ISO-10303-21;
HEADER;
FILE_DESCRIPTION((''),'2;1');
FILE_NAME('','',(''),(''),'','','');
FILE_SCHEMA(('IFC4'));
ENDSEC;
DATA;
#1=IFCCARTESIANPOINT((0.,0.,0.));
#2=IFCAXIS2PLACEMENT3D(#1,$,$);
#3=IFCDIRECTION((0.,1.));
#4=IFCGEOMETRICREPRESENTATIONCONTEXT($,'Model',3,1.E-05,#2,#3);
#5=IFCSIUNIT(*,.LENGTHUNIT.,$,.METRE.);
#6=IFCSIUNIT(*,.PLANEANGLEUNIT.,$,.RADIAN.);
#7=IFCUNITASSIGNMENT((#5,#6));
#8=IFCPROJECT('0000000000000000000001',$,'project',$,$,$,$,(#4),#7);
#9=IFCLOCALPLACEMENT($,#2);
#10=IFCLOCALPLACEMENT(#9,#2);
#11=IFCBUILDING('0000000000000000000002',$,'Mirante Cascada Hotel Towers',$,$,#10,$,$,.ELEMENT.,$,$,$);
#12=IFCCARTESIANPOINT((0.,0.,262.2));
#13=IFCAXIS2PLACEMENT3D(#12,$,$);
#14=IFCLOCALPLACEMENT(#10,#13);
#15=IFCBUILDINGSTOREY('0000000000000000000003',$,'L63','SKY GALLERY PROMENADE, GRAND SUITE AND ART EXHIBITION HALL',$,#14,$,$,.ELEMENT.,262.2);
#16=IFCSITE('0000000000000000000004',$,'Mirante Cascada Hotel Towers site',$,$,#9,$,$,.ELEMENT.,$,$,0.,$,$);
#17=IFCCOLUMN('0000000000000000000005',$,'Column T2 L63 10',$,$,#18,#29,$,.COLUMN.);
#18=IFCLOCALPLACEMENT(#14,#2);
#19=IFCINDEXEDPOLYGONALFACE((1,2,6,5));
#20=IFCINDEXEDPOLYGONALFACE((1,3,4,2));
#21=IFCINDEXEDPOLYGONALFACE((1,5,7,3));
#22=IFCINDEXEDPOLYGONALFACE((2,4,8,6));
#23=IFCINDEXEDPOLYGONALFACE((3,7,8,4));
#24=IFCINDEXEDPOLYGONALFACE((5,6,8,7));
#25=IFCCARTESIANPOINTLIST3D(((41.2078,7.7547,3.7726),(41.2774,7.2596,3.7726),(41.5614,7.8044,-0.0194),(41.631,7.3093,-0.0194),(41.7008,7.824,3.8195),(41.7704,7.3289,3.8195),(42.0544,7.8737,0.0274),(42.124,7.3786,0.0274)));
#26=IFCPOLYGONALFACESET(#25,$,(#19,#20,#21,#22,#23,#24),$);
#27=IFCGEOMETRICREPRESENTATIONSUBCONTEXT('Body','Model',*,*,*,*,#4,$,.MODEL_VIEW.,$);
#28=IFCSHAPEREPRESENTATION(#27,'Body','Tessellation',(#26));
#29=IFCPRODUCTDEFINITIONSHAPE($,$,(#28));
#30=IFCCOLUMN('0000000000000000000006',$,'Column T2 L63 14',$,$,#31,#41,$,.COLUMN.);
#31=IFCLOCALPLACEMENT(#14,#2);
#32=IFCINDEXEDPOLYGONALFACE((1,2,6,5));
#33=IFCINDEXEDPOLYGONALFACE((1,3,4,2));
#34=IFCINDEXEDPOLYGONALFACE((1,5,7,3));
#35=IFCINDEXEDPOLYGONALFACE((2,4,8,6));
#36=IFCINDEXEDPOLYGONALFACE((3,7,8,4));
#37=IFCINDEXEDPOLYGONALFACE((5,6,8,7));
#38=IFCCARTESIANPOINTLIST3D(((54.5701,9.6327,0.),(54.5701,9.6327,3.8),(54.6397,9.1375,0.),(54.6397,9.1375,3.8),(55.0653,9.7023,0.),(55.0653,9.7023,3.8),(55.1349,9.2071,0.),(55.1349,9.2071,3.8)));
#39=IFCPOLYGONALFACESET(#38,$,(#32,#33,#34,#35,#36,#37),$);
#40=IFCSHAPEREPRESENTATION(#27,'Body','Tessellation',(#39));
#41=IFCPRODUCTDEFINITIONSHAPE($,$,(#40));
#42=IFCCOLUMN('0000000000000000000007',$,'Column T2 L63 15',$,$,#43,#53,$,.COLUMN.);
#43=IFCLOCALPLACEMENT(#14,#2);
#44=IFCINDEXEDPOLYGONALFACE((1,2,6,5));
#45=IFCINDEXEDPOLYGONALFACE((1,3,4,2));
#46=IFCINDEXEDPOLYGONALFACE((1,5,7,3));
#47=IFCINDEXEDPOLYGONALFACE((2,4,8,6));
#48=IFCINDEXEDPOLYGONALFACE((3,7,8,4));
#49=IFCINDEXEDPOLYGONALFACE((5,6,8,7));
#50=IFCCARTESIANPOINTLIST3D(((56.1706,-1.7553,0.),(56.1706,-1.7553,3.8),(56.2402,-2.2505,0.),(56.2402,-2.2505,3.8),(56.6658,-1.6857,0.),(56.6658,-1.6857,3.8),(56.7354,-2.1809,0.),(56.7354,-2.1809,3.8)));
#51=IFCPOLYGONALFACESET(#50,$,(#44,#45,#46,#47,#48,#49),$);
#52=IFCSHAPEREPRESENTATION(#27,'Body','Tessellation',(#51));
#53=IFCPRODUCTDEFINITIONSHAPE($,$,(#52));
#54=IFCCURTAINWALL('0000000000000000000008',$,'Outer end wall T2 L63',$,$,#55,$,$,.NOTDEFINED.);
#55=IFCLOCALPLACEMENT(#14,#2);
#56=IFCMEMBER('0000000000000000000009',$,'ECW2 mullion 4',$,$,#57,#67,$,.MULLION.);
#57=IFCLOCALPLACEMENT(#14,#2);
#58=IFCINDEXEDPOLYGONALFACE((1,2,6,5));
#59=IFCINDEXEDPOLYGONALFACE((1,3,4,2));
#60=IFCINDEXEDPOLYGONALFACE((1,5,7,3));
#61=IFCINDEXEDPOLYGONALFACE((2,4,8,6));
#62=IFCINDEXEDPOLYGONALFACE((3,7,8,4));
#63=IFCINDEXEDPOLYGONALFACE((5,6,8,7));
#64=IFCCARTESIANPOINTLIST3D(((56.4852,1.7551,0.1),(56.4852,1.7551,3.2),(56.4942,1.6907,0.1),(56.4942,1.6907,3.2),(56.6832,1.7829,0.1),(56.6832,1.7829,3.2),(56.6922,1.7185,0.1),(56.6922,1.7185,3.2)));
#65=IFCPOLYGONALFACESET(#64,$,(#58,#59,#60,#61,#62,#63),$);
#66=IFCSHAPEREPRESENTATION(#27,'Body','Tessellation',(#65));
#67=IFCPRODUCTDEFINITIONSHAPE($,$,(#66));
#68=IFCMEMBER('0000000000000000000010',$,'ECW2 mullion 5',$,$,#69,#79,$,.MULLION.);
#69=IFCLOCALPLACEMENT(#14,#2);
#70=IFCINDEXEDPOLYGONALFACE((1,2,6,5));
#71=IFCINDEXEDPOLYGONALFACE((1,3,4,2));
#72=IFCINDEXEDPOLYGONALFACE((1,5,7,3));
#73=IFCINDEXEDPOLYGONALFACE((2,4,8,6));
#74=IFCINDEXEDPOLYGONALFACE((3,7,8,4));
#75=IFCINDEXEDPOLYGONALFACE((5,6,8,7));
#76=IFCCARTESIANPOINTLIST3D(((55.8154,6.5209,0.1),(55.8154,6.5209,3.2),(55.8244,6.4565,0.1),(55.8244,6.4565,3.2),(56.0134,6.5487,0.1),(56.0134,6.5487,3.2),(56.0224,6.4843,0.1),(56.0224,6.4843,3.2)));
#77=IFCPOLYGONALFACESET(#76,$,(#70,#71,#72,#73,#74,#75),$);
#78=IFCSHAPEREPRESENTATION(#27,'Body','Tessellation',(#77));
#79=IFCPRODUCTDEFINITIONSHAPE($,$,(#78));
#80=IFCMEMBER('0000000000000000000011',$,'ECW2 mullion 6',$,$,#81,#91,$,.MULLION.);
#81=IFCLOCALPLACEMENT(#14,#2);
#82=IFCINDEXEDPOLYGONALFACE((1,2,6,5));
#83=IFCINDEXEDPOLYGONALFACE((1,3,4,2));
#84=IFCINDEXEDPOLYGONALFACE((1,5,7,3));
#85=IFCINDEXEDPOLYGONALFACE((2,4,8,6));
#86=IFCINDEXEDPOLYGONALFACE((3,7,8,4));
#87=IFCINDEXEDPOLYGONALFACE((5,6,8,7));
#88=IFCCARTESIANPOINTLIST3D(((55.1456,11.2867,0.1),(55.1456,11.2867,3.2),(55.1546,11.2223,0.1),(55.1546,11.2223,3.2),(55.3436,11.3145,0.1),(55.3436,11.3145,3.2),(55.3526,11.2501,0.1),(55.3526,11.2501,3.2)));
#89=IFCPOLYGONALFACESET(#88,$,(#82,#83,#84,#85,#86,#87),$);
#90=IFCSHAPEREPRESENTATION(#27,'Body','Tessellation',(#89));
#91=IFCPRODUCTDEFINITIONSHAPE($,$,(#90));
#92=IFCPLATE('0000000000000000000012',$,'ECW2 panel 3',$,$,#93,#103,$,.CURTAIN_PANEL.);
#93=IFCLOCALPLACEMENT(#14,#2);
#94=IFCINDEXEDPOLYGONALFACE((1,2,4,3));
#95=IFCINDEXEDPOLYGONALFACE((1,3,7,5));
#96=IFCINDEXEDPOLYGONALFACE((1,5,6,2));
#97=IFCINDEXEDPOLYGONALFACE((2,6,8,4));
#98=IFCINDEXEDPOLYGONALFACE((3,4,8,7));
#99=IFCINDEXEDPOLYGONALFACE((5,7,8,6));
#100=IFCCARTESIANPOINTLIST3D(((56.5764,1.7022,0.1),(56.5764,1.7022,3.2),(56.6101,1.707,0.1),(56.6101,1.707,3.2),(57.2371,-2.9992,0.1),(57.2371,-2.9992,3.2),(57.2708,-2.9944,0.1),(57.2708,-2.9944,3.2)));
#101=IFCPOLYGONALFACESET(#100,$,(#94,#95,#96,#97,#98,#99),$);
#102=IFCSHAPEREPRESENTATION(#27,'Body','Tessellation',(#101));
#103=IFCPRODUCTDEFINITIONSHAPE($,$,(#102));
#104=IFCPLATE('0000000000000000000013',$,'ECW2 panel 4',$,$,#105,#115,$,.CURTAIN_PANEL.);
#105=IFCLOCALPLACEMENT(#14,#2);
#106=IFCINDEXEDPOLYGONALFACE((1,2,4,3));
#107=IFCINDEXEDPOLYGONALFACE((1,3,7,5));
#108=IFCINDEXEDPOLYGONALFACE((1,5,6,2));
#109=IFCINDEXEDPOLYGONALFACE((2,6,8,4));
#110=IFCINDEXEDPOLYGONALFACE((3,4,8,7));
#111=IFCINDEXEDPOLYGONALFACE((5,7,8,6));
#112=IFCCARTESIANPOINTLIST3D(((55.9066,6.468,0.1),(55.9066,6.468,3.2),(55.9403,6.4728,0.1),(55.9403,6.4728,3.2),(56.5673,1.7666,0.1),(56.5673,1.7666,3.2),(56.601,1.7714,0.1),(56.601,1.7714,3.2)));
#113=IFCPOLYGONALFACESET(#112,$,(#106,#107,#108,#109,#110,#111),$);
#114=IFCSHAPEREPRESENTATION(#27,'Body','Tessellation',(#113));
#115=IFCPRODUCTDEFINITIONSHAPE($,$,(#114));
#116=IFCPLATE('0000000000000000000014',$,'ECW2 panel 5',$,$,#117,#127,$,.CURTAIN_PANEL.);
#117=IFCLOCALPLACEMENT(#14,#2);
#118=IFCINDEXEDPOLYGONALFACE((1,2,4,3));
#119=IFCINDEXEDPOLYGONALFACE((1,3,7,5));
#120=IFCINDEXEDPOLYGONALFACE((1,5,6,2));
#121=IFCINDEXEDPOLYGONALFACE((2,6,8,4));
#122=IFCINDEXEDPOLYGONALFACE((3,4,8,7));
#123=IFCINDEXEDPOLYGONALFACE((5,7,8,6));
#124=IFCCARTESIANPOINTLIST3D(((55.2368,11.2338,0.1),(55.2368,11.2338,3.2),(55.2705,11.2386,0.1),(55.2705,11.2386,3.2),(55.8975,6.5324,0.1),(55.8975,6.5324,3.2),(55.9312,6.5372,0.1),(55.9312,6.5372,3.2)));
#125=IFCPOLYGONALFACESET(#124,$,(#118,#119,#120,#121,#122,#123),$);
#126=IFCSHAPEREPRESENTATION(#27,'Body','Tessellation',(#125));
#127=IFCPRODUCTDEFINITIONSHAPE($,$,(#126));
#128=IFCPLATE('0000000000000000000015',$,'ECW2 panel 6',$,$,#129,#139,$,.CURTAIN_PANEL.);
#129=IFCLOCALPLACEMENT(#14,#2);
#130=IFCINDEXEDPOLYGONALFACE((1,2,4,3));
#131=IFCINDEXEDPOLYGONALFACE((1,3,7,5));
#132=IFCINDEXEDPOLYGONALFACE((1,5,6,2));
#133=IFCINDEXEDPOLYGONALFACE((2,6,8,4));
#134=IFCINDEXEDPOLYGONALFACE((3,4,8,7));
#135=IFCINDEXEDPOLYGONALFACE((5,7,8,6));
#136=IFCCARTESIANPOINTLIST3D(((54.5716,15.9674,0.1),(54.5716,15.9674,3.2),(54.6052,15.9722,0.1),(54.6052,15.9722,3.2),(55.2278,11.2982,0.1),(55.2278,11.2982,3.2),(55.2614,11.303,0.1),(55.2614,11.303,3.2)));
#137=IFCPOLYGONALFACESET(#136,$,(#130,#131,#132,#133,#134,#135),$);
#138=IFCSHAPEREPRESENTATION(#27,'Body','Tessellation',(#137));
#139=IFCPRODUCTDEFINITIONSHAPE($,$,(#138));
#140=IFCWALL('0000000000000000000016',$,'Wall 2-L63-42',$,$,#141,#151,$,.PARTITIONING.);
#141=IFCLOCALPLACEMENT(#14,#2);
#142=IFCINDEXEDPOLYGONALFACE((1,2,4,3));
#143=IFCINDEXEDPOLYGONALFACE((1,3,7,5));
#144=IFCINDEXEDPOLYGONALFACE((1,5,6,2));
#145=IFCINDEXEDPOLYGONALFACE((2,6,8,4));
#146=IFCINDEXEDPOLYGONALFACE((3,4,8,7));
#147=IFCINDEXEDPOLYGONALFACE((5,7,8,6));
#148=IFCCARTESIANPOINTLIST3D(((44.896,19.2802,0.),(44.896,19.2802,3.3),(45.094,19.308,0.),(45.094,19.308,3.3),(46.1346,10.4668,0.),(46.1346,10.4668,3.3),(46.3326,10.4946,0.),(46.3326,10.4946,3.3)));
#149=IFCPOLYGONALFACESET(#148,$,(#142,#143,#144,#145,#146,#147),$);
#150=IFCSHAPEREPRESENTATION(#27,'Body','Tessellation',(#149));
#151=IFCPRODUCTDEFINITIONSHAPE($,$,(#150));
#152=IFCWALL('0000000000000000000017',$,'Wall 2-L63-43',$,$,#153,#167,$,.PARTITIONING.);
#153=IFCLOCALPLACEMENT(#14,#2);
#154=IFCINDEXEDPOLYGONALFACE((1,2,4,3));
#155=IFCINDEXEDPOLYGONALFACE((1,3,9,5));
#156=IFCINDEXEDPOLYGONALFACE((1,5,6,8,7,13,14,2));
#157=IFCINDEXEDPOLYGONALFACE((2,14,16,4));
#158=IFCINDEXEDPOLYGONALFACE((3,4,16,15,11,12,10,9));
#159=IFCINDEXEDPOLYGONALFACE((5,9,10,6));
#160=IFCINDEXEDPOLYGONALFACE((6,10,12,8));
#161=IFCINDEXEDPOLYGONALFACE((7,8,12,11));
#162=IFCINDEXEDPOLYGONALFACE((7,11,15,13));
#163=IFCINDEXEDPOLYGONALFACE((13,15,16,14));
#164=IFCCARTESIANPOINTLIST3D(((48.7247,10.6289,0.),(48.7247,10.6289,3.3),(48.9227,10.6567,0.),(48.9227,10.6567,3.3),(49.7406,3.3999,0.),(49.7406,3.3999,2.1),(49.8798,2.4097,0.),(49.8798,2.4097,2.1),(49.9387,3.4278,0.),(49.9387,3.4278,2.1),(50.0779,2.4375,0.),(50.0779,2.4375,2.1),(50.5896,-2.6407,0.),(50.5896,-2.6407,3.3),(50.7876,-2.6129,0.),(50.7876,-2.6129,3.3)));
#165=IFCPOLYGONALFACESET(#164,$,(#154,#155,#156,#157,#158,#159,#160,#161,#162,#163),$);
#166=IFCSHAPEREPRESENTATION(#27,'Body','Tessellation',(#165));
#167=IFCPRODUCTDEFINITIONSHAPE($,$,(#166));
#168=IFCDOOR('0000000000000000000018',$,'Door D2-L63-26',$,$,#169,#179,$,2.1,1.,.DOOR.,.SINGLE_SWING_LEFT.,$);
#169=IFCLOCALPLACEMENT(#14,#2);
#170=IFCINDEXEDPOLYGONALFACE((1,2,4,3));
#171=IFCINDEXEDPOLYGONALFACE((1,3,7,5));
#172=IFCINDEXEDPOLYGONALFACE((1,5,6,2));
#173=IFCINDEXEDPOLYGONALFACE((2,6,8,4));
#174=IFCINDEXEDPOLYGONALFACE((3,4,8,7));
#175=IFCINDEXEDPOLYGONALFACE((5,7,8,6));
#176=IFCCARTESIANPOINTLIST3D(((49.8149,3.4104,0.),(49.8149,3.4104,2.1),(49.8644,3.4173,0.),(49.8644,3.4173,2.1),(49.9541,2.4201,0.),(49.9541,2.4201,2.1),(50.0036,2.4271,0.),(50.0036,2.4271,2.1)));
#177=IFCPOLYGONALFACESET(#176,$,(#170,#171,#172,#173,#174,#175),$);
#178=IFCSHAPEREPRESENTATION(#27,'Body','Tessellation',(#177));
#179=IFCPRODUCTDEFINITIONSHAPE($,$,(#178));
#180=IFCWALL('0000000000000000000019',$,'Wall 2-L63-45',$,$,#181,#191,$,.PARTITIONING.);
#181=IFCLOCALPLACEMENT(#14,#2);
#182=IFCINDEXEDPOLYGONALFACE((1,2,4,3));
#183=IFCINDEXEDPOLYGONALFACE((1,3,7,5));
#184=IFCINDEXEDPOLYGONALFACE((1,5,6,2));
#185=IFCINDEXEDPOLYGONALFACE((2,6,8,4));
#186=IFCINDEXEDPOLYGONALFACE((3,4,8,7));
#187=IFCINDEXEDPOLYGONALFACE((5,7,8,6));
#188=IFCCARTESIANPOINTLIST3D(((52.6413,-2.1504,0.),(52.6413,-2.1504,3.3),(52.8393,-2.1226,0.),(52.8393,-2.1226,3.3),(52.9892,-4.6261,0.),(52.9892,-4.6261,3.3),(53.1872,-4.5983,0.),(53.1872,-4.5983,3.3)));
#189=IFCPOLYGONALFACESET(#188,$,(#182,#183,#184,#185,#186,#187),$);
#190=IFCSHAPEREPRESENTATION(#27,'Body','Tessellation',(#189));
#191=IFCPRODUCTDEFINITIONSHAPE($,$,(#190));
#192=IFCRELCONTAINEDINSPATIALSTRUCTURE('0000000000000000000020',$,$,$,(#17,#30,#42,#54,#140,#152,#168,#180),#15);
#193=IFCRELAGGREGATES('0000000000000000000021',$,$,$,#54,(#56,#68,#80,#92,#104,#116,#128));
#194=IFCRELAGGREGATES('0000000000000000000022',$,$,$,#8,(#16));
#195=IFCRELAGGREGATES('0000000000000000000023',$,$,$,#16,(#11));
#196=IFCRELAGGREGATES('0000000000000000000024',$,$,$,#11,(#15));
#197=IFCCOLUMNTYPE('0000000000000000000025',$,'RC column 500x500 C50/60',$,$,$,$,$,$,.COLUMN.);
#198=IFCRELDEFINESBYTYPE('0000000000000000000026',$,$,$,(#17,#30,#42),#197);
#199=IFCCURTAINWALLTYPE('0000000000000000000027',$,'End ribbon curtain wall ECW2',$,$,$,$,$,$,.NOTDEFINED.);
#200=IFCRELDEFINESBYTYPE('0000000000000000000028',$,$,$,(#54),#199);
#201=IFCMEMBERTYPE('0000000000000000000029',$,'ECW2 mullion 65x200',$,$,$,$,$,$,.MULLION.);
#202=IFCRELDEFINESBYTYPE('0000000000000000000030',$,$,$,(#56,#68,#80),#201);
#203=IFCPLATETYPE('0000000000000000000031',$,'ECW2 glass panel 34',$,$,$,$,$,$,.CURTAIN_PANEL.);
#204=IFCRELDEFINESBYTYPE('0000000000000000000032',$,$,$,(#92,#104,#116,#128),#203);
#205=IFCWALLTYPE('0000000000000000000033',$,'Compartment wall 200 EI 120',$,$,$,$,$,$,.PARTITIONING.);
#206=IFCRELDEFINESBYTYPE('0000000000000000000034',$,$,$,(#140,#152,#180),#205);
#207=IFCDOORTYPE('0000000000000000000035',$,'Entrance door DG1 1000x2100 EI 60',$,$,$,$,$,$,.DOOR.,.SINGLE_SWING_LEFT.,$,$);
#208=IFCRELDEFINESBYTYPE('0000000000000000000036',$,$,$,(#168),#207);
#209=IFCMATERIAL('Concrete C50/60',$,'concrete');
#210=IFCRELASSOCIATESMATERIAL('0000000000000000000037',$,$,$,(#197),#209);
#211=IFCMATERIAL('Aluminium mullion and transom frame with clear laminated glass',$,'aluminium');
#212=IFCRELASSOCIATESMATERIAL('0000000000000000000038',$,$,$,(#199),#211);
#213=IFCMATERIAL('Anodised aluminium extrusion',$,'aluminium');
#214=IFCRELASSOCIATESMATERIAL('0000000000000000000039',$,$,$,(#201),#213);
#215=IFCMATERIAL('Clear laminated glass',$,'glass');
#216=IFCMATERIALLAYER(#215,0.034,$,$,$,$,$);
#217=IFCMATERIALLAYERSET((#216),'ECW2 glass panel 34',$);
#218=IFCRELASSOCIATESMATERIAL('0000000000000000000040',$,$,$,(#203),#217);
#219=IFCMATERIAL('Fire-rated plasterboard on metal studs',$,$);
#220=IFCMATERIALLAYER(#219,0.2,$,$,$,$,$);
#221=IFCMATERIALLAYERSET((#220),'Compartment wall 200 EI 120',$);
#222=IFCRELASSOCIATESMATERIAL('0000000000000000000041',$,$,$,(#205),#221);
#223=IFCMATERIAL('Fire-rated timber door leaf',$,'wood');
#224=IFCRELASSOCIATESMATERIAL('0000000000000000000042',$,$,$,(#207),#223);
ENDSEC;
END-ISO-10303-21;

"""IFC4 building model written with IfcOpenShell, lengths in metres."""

from ifc_helpers import new_model, si_unit, direction, frame, frame_2d, origin, origin_2d, place, context, subcontext, project, spatial, rectangle, extrude, material, layer, layer_set, material_profile, profile_set, type_object, element, fill, aggregate, save


model = new_model("IFC4")

# Units and contexts
model_context = context("Model", 3, precision=1e-05, world=origin(), true_north=direction((0.0, 1.0)))
body_context = subcontext(model_context, "Body", "Model", "MODEL_VIEW")
ifc_project = project(units=[si_unit("LENGTHUNIT", "METRE"), si_unit("PLANEANGLEUNIT", "RADIAN")], contexts=[model_context])

# Site, building, storey
site_placement = place(None, origin())
site = spatial("IfcSite", under=ifc_project, at=site_placement, Name="Mirante Cascada Hotel Towers site", CompositionType="ELEMENT", RefElevation=0.0)
building_placement = place(site_placement, origin())
building = spatial("IfcBuilding", under=site, at=building_placement, Name="Mirante Cascada Hotel Towers", CompositionType="ELEMENT")
storey_placement = place(building_placement, frame((0.0, 0.0, 262.2)))
storey = spatial("IfcBuildingStorey", under=building, at=storey_placement, Name="L63", Description="SKY GALLERY PROMENADE, GRAND SUITE AND ART EXHIBITION HALL", CompositionType="ELEMENT", Elevation=262.2)

# Columns
ifc_material_1 = material(Name="Concrete C50/60", Category="concrete")
ifc_material_profile_1 = material_profile(ifc_material_1, rectangle(XDim=0.5, YDim=0.5, at=origin_2d()), Name="RC column 500x500 C50/60")
ifc_profile_set_1 = profile_set([ifc_material_profile_1], Name="Concrete C50/60")
column_type = type_object("IfcColumnType", Name="RC column 500x500 C50/60", PredefinedType="COLUMN", material=ifc_profile_set_1)
column_placement = place(storey_placement, frame((41.8427, 7.5915, 0.004), z_axis=(-0.092838, -0.013049, 0.995596), x_axis=(0.139186, -0.990266, 0.0)))
element("IfcColumn", 1, at=column_placement, inside=storey, type_object=column_type, Name="Column T2 L63 10", PredefinedType="COLUMN", context=body_context, shape_type="SweptSolid", body=[
    extrude(rectangle(XDim=0.5, YDim=0.5, at=origin_2d()), origin(), (0.0, 0.0, 1.0), 3.8088),
])
for number, where, z_axis, x_axis, name in (
    (2, (54.8525, 9.4199, 0.0), (0.0, 0.0, 1.0), (0.990268, 0.139173, 0.0), "Column T2 L63 14"),
    (3, (56.453, -1.9681, 0.0), (0.0, 0.0, 1.0), (0.990268, 0.139173, 0.0), "Column T2 L63 15"),
):
    element("IfcColumn", number, at=place(storey_placement, frame(where, z_axis=z_axis, x_axis=x_axis)), inside=storey, type_object=column_type, Name=name, PredefinedType="COLUMN", context=body_context, shape_type="SweptSolid", body=[
        extrude(rectangle(XDim=0.5, YDim=0.5, at=origin_2d()), origin(), (0.0, 0.0, 1.0), 3.8),
    ])

# Curtain wall, members, plates
ifc_material_2 = material(Name="Aluminium mullion and transom frame with clear laminated glass", Category="aluminium")
curtain_wall_type = type_object("IfcCurtainWallType", Name="End ribbon curtain wall ECW2", PredefinedType="NOTDEFINED", material=ifc_material_2)
curtain_wall_placement = place(storey_placement, origin())
curtain_wall = element("IfcCurtainWall", 4, at=curtain_wall_placement, inside=storey, type_object=curtain_wall_type, Name="Outer end wall T2 L63", PredefinedType="NOTDEFINED")
ifc_material_3 = material(Name="Anodised aluminium extrusion", Category="aluminium")
ifc_material_profile_2 = material_profile(ifc_material_3, rectangle(XDim=0.2, YDim=0.065, at=origin_2d()), Name="ECW2 MULLION 65x200")
ifc_profile_set_2 = profile_set([ifc_material_profile_2], Name="Anodised aluminium extrusion")
member_type = type_object("IfcMemberType", Name="ECW2 mullion 65x200", PredefinedType="MULLION", material=ifc_profile_set_2)
member_1_placement = place(storey_placement, frame((56.5887, 1.7368, 0.1), z_axis=(0.0, 0.0, 1.0), x_axis=(-0.990268, -0.139173, 0.0)))
member_1 = element("IfcMember", 5, at=member_1_placement, type_object=member_type, Name="ECW2 mullion 4", PredefinedType="MULLION", context=body_context, shape_type="SweptSolid", body=[
    extrude(rectangle(XDim=0.2, YDim=0.065, at=origin_2d()), origin(), (0.0, 0.0, 1.0), 3.1),
])
member_2_placement = place(storey_placement, frame((55.9189, 6.5026, 0.1), z_axis=(0.0, 0.0, 1.0), x_axis=(-0.990268, -0.139173, 0.0)))
member_2 = element("IfcMember", 6, at=member_2_placement, type_object=member_type, Name="ECW2 mullion 5", PredefinedType="MULLION", context=body_context, shape_type="SweptSolid", body=[
    extrude(rectangle(XDim=0.2, YDim=0.065, at=origin_2d()), origin(), (0.0, 0.0, 1.0), 3.1),
])
member_3_placement = place(storey_placement, frame((55.2491, 11.2684, 0.1), z_axis=(0.0, 0.0, 1.0), x_axis=(-0.990268, -0.139173, 0.0)))
member_3 = element("IfcMember", 7, at=member_3_placement, type_object=member_type, Name="ECW2 mullion 6", PredefinedType="MULLION", context=body_context, shape_type="SweptSolid", body=[
    extrude(rectangle(XDim=0.2, YDim=0.065, at=origin_2d()), origin(), (0.0, 0.0, 1.0), 3.1),
])
ifc_material_4 = material(Name="Clear laminated glass", Category="glass")
ifc_layer_1 = layer(ifc_material_4, 0.034)
ifc_layer_set_1 = layer_set([ifc_layer_1], Name="ECW2 glass panel 34")
plate_type = type_object("IfcPlateType", Name="ECW2 glass panel 34", PredefinedType="CURTAIN_PANEL", material=ifc_layer_set_1)
plate_1_placement = place(storey_placement, frame((56.9236, -0.6461, 0.1), z_axis=(0.0, 0.0, 1.0), x_axis=(-0.139173, 0.990268, 0.0)))
plate_1 = element("IfcPlate", 8, at=plate_1_placement, type_object=plate_type, Name="ECW2 panel 3", PredefinedType="CURTAIN_PANEL", context=body_context, shape_type="SweptSolid", body=[
    extrude(rectangle(XDim=4.7476, YDim=0.034, at=origin_2d()), origin(), (0.0, 0.0, 1.0), 3.1),
])
plate_2_placement = place(storey_placement, frame((56.2538, 4.1197, 0.1), z_axis=(0.0, 0.0, 1.0), x_axis=(-0.139173, 0.990268, 0.0)))
plate_2 = element("IfcPlate", 9, at=plate_2_placement, type_object=plate_type, Name="ECW2 panel 4", PredefinedType="CURTAIN_PANEL", context=body_context, shape_type="SweptSolid", body=[
    extrude(rectangle(XDim=4.7476, YDim=0.034, at=origin_2d()), origin(), (0.0, 0.0, 1.0), 3.1),
])
plate_3_placement = place(storey_placement, frame((55.584, 8.8855, 0.1), z_axis=(0.0, 0.0, 1.0), x_axis=(-0.139173, 0.990268, 0.0)))
plate_3 = element("IfcPlate", 10, at=plate_3_placement, type_object=plate_type, Name="ECW2 panel 5", PredefinedType="CURTAIN_PANEL", context=body_context, shape_type="SweptSolid", body=[
    extrude(rectangle(XDim=4.7476, YDim=0.034, at=origin_2d()), origin(), (0.0, 0.0, 1.0), 3.1),
])
plate_4_placement = place(storey_placement, frame((54.9165, 13.6352, 0.1), z_axis=(0.0, 0.0, 1.0), x_axis=(-0.139173, 0.990268, 0.0)))
plate_4 = element("IfcPlate", 11, at=plate_4_placement, type_object=plate_type, Name="ECW2 panel 6", PredefinedType="CURTAIN_PANEL", context=body_context, shape_type="SweptSolid", body=[
    extrude(rectangle(XDim=4.7151, YDim=0.034, at=origin_2d()), origin(), (0.0, 0.0, 1.0), 3.1),
])
aggregate(curtain_wall, [member_1, member_2, member_3, plate_1, plate_2, plate_3, plate_4])

# Wall
ifc_material_5 = material(Name="Fire-rated plasterboard on metal studs")
ifc_layer_2 = layer(ifc_material_5, 0.2)
ifc_layer_set_2 = layer_set([ifc_layer_2], Name="Compartment wall 200 EI 120")
wall_type_1 = type_object("IfcWallType", Name="Compartment wall 200 EI 120", PredefinedType="PARTITIONING", material=ifc_layer_set_2)
wall_1_placement = place(storey_placement, frame((46.2336, 10.4807, 0.0), z_axis=(0.0, 0.0, 1.0), x_axis=(-0.139168, 0.990269, 0.0)))
element("IfcWall", 12, at=wall_1_placement, inside=storey, type_object=wall_type_1, Name="Wall 2-L63-42", PredefinedType="PARTITIONING", context=body_context, shape_type="SweptSolid", body=[
    extrude(rectangle(XDim=8.9, YDim=0.2, at=frame_2d((4.45, 0.0))), origin(), (0.0, 0.0, 1.0), 3.3),
])

# Wall, opening, door
wall_2_placement = place(storey_placement, frame((48.8237, 10.6428, 0.0), z_axis=(0.0, 0.0, 1.0), x_axis=(0.139172, -0.990268, 0.0)))
wall_2 = element("IfcWall", 13, at=wall_2_placement, inside=storey, type_object=wall_type_1, Name="Wall 2-L63-43", PredefinedType="PARTITIONING", context=body_context, shape_type="SweptSolid", body=[
    extrude(rectangle(XDim=13.4, YDim=0.2, at=frame_2d((6.7, 0.0))), origin(), (0.0, 0.0, 1.0), 3.3),
])
opening_1_placement = place(wall_2_placement, frame((7.3, 0.0, 0.0)))
opening_1 = element("IfcOpeningElement", 14, at=opening_1_placement, cuts=wall_2, PredefinedType="OPENING", context=body_context, shape_type="SweptSolid", body=[
    extrude(rectangle(XDim=1.0, YDim=2.1, at=frame_2d((0.5, 1.05))), frame((0.0, 0.1, 0.0), z_axis=(0.0, -1.0, 0.0), x_axis=(1.0, 0.0, 0.0)), (0.0, 0.0, 1.0), 0.2),
])
ifc_material_6 = material(Name="Fire-rated timber door leaf", Category="wood")
door_type_1 = type_object("IfcDoorType", Name="Entrance door DG1 1000x2100 EI 60", OperationType="SINGLE_SWING_LEFT", PredefinedType="DOOR", material=ifc_material_6)
door_1_placement = place(opening_1_placement, origin())
door_1 = element("IfcDoor", 15, at=door_1_placement, inside=storey, type_object=door_type_1, Name="Door D2-L63-26", OperationType="SINGLE_SWING_LEFT", OverallHeight=2.1, OverallWidth=1.0, PredefinedType="DOOR", context=body_context, shape_type="SweptSolid", body=[
    extrude(rectangle(XDim=1.0, YDim=2.1, at=frame_2d((0.5, 1.05))), frame((0.0, 0.025, 0.0), z_axis=(0.0, -1.0, 0.0), x_axis=(1.0, 0.0, 0.0)), (0.0, 0.0, 1.0), 0.05),
])
fill(opening_1, door_1)

# Wall
wall_3_placement = place(storey_placement, frame((52.7403, -2.1365, 0.0), z_axis=(0.0, 0.0, 1.0), x_axis=(0.139159, -0.99027, 0.0)))
element("IfcWall", 16, at=wall_3_placement, inside=storey, type_object=wall_type_1, Name="Wall 2-L63-45", PredefinedType="PARTITIONING", context=body_context, shape_type="SweptSolid", body=[
    extrude(rectangle(XDim=2.5, YDim=0.2, at=frame_2d((1.25, 0.0))), origin(), (0.0, 0.0, 1.0), 3.3),
])

save(model, "model.ifc")
